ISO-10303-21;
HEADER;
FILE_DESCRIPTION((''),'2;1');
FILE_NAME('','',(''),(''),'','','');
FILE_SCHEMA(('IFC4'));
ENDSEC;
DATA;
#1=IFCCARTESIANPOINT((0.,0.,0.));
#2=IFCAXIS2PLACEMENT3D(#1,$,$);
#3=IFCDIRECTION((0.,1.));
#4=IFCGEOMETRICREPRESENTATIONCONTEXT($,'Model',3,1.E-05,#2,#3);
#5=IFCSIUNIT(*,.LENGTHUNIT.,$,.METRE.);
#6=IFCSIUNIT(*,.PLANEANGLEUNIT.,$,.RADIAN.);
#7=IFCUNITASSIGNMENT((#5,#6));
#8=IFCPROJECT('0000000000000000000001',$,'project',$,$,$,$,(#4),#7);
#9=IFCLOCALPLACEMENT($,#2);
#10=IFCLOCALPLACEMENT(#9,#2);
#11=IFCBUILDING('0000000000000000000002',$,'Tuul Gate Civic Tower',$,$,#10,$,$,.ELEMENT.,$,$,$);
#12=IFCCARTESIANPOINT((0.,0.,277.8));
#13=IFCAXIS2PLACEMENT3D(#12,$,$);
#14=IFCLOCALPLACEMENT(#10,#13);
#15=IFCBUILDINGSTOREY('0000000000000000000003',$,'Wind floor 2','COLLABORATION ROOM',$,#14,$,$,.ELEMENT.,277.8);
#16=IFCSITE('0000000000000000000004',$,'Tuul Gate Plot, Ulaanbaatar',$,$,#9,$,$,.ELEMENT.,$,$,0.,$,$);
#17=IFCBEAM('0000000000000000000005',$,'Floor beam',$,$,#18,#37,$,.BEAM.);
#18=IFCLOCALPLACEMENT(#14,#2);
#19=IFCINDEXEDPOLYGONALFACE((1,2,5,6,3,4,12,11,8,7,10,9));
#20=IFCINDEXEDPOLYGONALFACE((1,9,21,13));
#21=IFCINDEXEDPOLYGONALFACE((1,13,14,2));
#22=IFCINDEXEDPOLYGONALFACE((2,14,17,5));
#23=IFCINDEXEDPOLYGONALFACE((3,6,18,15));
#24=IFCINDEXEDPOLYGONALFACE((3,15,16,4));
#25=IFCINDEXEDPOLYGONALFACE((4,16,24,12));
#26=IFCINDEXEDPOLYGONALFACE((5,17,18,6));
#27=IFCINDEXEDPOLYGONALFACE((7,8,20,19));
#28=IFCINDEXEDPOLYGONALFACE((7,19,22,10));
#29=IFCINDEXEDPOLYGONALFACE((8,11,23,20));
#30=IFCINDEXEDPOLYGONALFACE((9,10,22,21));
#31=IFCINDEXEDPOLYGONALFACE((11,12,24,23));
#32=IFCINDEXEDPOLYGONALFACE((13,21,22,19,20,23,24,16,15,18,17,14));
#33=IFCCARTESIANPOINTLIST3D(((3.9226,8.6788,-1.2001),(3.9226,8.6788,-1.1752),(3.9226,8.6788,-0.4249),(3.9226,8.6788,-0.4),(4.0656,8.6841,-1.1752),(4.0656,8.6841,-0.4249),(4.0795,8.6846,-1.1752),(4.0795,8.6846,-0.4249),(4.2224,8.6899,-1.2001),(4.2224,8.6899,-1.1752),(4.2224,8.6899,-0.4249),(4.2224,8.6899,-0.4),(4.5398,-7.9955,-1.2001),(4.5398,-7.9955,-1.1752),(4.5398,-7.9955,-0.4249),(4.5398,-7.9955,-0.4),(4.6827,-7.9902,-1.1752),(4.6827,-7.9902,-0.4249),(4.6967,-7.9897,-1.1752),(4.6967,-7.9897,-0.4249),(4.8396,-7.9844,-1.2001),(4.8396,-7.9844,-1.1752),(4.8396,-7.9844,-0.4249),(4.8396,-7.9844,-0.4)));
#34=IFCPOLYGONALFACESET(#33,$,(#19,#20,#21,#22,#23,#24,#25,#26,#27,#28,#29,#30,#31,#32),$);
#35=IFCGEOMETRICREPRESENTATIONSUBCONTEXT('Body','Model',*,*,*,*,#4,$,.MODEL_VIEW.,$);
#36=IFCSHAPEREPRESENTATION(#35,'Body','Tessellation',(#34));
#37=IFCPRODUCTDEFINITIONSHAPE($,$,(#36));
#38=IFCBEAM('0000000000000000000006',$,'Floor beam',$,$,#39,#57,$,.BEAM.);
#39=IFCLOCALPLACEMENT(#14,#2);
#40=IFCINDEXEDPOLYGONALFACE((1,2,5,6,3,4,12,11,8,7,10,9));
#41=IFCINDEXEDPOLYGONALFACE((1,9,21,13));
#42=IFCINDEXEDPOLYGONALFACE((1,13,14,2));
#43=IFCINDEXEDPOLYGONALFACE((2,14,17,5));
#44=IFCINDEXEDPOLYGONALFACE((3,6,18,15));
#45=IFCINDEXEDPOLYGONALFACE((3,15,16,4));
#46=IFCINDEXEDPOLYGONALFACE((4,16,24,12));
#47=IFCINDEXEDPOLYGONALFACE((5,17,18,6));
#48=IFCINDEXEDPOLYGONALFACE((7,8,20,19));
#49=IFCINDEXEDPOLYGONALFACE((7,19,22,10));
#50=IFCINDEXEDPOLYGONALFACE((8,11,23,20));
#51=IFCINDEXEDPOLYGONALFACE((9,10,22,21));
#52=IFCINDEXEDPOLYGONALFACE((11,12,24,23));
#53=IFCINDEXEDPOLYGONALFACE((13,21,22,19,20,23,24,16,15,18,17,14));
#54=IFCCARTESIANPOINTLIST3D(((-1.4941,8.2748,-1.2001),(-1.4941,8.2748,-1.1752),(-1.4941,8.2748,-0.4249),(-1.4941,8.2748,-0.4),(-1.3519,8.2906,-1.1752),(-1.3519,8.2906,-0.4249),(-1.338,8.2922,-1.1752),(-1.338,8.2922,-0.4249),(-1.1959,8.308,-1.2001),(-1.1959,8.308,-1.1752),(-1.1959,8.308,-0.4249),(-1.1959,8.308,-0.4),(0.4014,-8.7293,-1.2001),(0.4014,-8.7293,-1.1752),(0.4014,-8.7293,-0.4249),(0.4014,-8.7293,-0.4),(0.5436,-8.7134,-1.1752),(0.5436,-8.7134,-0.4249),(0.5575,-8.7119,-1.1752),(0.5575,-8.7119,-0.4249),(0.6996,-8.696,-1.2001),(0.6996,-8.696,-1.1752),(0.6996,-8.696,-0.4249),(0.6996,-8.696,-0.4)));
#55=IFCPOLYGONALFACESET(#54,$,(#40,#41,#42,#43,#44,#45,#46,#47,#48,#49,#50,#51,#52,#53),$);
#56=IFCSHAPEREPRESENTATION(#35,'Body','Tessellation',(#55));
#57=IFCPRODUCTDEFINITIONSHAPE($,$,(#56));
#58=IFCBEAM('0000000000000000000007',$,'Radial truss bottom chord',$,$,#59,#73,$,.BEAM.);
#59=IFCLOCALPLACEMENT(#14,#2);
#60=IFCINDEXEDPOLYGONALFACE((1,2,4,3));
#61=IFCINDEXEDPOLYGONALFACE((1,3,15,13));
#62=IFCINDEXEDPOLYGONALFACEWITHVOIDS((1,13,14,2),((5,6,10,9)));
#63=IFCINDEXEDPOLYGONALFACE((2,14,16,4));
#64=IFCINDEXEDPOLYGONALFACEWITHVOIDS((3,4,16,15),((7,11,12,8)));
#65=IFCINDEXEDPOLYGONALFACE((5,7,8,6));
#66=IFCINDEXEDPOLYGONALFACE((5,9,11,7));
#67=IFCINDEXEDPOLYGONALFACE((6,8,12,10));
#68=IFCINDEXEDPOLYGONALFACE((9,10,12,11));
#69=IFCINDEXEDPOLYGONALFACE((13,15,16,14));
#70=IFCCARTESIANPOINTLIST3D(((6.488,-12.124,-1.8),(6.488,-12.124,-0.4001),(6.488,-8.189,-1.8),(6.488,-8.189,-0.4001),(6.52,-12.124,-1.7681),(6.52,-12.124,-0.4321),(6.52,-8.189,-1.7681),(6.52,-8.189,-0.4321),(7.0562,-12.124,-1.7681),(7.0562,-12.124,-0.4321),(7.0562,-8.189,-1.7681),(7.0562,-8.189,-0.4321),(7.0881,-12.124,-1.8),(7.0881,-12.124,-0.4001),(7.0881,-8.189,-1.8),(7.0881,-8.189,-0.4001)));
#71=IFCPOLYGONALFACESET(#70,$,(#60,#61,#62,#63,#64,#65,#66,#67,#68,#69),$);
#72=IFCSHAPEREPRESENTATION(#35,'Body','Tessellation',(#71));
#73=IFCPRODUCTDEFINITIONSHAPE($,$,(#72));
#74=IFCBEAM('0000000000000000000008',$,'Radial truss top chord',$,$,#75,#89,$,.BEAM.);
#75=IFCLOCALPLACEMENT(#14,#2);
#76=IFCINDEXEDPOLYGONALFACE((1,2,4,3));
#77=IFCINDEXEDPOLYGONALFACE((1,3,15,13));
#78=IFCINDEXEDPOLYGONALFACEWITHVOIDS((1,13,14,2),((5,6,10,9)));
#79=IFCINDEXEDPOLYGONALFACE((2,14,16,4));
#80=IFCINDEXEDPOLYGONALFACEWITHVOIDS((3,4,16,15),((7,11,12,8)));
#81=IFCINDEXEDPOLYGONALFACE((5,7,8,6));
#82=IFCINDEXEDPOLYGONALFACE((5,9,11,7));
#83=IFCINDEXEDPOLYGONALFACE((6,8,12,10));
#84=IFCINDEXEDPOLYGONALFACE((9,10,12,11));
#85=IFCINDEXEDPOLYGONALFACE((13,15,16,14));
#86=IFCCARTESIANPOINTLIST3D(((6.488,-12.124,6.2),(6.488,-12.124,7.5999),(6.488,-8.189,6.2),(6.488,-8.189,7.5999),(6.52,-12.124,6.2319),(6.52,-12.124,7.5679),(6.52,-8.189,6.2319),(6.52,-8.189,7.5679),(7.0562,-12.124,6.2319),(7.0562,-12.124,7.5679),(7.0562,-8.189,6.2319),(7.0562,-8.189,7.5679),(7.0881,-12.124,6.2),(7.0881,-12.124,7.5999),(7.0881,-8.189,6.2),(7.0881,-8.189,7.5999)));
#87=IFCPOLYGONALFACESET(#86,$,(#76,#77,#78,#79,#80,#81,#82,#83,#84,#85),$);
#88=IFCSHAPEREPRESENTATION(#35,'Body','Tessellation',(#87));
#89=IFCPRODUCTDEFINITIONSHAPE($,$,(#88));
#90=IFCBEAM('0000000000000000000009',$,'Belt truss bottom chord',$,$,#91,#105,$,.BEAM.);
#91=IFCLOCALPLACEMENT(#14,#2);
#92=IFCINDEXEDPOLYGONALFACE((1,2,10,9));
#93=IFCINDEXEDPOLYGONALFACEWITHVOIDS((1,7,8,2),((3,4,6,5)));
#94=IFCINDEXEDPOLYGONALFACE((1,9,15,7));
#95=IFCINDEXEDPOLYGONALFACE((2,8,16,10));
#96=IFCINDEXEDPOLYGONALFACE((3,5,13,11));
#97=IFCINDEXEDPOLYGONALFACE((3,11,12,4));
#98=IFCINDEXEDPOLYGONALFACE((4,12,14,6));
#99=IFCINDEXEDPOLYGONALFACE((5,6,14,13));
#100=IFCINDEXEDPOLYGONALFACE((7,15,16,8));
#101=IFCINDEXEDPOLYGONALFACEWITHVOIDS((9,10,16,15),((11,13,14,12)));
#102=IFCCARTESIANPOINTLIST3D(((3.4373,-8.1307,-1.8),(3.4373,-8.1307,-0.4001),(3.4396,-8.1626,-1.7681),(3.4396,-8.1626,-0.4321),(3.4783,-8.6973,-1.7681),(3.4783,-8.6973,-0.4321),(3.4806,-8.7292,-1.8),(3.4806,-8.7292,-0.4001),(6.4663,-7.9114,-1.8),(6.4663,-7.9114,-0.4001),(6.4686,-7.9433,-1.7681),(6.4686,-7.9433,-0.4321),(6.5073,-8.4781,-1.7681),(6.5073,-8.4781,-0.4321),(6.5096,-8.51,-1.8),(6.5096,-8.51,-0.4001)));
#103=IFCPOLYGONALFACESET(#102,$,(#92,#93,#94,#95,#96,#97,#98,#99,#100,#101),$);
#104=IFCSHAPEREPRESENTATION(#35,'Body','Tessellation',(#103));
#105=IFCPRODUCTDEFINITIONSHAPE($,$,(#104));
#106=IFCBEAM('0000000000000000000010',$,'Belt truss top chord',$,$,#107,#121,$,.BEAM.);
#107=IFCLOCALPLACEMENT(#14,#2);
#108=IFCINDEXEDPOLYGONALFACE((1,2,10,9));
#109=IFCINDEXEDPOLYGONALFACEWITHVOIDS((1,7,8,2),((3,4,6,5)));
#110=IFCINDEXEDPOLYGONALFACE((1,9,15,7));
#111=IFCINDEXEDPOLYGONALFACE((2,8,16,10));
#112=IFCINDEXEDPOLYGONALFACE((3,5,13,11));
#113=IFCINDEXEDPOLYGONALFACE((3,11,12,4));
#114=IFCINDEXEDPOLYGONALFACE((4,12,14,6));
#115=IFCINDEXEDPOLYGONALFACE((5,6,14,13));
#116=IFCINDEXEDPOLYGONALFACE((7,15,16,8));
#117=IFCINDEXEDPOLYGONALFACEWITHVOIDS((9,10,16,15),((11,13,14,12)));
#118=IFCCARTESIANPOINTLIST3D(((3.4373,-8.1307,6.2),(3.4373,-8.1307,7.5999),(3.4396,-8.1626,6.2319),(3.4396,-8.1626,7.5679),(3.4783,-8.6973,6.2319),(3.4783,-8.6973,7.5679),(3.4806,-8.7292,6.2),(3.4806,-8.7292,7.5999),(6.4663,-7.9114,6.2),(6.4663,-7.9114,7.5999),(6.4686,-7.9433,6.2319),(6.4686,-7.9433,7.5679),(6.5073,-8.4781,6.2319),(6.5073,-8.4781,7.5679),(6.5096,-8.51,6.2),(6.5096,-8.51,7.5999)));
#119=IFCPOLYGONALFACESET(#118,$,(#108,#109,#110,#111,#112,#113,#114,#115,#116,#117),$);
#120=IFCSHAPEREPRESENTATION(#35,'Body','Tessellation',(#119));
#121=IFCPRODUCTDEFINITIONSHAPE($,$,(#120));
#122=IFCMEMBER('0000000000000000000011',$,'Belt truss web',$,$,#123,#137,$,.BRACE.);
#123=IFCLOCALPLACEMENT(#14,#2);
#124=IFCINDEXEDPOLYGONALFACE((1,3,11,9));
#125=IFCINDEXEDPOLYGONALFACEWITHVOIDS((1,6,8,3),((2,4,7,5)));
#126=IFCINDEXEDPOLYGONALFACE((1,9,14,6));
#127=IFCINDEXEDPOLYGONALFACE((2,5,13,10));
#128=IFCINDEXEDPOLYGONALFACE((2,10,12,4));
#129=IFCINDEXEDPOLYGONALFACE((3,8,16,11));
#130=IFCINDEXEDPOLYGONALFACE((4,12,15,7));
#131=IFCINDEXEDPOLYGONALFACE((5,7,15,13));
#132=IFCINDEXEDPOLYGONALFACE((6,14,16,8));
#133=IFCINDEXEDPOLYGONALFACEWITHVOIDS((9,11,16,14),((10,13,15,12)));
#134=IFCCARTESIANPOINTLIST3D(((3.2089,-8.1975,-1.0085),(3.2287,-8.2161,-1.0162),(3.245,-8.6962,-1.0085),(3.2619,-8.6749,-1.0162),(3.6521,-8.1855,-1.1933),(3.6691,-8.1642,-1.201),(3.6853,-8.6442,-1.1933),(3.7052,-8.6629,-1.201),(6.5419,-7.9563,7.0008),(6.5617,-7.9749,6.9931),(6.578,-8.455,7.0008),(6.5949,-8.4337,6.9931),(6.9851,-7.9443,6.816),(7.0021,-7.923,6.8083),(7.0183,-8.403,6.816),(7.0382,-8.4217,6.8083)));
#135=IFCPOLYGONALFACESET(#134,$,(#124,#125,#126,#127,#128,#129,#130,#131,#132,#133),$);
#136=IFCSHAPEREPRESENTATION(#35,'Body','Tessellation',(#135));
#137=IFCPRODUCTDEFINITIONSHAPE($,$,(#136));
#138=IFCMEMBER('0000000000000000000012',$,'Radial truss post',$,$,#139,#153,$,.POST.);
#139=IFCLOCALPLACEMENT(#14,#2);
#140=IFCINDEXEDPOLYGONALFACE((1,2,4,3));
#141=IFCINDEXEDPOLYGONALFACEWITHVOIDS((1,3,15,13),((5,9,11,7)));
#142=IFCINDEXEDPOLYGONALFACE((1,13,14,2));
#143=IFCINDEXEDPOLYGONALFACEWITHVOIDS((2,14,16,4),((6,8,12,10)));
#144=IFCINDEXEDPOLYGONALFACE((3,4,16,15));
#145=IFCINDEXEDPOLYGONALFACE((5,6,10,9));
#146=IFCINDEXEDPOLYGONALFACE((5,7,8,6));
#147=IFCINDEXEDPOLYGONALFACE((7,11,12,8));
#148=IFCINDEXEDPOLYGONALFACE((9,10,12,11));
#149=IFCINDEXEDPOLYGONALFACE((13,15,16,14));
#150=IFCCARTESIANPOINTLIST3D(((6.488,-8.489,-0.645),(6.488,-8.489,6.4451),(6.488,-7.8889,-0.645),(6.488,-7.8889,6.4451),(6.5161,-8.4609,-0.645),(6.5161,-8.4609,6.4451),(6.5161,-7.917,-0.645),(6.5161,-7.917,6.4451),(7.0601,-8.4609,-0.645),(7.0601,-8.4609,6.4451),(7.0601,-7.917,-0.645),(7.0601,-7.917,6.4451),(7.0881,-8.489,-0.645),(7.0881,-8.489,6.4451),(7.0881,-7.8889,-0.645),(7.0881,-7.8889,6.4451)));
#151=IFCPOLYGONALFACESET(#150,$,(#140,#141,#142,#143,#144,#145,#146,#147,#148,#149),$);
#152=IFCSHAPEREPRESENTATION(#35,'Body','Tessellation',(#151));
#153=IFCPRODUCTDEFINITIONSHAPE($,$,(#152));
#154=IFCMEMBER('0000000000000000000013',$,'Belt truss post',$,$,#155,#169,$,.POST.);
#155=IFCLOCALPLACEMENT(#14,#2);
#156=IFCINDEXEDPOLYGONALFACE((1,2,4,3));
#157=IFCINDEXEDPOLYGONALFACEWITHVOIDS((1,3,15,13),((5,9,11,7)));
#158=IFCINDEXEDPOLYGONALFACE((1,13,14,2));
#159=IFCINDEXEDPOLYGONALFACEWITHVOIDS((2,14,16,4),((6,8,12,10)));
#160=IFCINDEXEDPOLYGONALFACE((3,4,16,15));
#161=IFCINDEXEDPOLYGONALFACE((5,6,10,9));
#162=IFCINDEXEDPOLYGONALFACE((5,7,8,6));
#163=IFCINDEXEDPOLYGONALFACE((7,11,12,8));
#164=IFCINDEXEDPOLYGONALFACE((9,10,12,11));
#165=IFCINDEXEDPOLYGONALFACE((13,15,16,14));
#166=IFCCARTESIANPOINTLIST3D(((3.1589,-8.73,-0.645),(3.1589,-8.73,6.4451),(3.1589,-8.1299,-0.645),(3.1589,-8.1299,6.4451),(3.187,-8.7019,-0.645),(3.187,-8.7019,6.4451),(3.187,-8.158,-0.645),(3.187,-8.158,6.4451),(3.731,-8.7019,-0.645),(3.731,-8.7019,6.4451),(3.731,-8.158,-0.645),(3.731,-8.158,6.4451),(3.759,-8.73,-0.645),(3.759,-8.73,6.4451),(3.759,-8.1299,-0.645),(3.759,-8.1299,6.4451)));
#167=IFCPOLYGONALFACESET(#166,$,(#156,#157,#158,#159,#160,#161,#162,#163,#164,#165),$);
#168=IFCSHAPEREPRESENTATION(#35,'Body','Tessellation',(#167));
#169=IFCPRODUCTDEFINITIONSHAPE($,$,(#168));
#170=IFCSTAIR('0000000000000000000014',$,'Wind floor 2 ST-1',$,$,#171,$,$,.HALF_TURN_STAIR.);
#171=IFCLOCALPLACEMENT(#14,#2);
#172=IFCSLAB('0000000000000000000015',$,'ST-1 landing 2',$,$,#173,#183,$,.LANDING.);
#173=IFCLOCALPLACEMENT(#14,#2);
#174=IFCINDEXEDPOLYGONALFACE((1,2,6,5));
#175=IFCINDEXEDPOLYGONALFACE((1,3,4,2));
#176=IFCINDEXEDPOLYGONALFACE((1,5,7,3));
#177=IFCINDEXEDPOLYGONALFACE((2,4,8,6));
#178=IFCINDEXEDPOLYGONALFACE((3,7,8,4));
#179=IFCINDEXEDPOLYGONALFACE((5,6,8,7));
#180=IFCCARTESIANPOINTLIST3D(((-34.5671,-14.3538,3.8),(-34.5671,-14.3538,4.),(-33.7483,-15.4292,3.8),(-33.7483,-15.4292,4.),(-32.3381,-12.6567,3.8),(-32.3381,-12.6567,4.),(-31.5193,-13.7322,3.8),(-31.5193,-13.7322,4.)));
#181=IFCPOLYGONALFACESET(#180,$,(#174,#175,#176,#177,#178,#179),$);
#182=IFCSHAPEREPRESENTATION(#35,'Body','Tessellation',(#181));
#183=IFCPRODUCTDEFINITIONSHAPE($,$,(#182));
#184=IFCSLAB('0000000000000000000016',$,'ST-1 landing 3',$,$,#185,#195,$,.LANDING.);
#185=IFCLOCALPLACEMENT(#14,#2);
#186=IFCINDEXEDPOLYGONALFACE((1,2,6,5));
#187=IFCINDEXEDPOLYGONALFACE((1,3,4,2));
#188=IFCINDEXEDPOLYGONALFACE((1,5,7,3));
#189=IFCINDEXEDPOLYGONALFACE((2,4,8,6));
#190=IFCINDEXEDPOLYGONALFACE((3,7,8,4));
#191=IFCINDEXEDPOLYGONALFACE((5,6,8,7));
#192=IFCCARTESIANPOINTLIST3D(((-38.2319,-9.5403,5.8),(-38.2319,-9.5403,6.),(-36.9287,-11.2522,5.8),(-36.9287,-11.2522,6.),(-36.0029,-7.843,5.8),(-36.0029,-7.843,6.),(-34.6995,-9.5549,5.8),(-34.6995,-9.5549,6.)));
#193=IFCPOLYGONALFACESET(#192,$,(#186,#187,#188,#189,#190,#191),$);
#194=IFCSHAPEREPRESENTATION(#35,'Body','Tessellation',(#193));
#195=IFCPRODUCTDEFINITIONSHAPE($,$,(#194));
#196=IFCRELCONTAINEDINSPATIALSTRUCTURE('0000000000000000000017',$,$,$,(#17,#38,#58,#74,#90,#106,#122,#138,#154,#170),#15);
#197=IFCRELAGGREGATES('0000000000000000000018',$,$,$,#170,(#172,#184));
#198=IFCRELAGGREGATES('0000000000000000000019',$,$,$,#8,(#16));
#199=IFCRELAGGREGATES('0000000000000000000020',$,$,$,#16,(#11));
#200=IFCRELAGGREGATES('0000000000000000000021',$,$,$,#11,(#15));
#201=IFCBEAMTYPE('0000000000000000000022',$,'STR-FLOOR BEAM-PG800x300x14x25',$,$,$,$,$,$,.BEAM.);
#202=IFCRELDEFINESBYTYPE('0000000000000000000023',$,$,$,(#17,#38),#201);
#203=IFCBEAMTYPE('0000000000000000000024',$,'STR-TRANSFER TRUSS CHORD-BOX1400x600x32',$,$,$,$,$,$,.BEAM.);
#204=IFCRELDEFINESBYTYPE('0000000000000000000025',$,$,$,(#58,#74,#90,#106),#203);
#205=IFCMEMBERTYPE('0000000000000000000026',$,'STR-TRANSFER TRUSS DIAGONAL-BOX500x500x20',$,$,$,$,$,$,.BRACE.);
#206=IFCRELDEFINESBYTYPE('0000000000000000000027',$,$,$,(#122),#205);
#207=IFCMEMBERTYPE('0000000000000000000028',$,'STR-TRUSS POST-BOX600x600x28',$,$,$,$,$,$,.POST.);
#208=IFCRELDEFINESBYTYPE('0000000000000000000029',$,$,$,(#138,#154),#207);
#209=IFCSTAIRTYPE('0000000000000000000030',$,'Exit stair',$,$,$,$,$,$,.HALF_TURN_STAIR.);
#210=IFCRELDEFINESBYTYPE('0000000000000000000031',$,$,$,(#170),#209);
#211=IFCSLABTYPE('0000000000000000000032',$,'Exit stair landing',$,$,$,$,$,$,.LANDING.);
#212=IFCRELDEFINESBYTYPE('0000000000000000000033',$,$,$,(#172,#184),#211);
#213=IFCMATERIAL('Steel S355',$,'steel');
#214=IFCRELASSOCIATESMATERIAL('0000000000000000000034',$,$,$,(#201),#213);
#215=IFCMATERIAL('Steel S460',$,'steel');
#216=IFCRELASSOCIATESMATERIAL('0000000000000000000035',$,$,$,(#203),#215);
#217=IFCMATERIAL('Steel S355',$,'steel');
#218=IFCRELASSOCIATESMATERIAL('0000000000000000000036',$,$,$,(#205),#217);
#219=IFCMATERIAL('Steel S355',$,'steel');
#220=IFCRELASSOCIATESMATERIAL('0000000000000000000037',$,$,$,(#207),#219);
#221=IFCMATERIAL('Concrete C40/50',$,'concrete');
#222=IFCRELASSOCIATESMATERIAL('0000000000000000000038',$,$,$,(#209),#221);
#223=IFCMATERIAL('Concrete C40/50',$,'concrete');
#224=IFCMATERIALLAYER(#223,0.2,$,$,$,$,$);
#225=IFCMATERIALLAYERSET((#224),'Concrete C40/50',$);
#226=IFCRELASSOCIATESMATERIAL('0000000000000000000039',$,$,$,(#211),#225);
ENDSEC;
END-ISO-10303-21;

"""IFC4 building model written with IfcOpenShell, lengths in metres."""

from ifc_helpers import new_model, si_unit, direction, frame, origin, origin_2d, place, context, subcontext, project, spatial, polyline, hollow_rectangle, i_section, outline, extrude, material, layer, layer_set, material_profile, profile_set, type_object, element, aggregate, save


model = new_model("IFC4")

# Units and contexts
model_context = context("Model", 3, precision=1e-05, world=origin(), true_north=direction((0.0, 1.0)))
body_context = subcontext(model_context, "Body", "Model", "MODEL_VIEW")
ifc_project = project(units=[si_unit("LENGTHUNIT", "METRE"), si_unit("PLANEANGLEUNIT", "RADIAN")], contexts=[model_context])

# Site, building, storey
site_placement = place(None, origin())
site = spatial("IfcSite", under=ifc_project, at=site_placement, Name="Tuul Gate Plot, Ulaanbaatar", CompositionType="ELEMENT", RefElevation=0.0)
building_placement = place(site_placement, origin())
building = spatial("IfcBuilding", under=site, at=building_placement, Name="Tuul Gate Civic Tower", CompositionType="ELEMENT")
storey_placement = place(building_placement, frame((0.0, 0.0, 277.8)))
storey = spatial("IfcBuildingStorey", under=building, at=storey_placement, Name="Wind floor 2", Description="COLLABORATION ROOM", CompositionType="ELEMENT", Elevation=277.8)

# Beams
ifc_material_1 = material(Name="Steel S355", Category="steel")
ifc_material_profile_1 = material_profile(ifc_material_1, i_section(OverallWidth=0.3, OverallDepth=0.8, WebThickness=0.0139, FlangeThickness=0.0249, at=origin_2d()), Name="PG800x300x14x25")
ifc_profile_set_1 = profile_set([ifc_material_profile_1], Name="Steel S355")
beam_type_1 = type_object("IfcBeamType", Name="STR-FLOOR BEAM-PG800x300x14x25", PredefinedType="BEAM", material=ifc_profile_set_1)
beam_1_placement = place(storey_placement, frame((4.6897, -7.99, -0.8), z_axis=(-0.036989, 0.999316, 0.0), x_axis=(-0.999316, -0.036989, 0.0)))
element("IfcBeam", 1, at=beam_1_placement, inside=storey, type_object=beam_type_1, Name="Floor beam", PredefinedType="BEAM", context=body_context, shape_type="SweptSolid", body=[
    extrude(i_section(OverallWidth=0.3, OverallDepth=0.8, WebThickness=0.0139, FlangeThickness=0.0249, at=origin_2d()), origin(), (0.0, 0.0, 1.0), 16.6858),
])
beam_2_placement = place(storey_placement, frame((0.5505, -8.7126, -0.8), z_axis=(-0.110787, 0.993844, 0.0), x_axis=(-0.993844, -0.110787, 0.0)))
element("IfcBeam", 2, at=beam_2_placement, inside=storey, type_object=beam_type_1, Name="Floor beam", PredefinedType="BEAM", context=body_context, shape_type="SweptSolid", body=[
    extrude(i_section(OverallWidth=0.3, OverallDepth=0.8, WebThickness=0.0139, FlangeThickness=0.0249, at=origin_2d()), origin(), (0.0, 0.0, 1.0), 17.1094),
])
ifc_material_2 = material(Name="Steel S460", Category="steel")
ifc_material_profile_2 = material_profile(ifc_material_2, hollow_rectangle(XDim=0.6001, YDim=1.3999, WallThickness=0.032, at=origin_2d()), Name="BOX1400x600x32")
ifc_profile_set_2 = profile_set([ifc_material_profile_2], Name="Steel S460")
beam_type_2 = type_object("IfcBeamType", Name="STR-TRANSFER TRUSS CHORD-BOX1400x600x32", PredefinedType="BEAM", material=ifc_profile_set_2)
for number, where, z_axis, x_axis, name in (
    (3, (6.7881, -8.189, -1.1001), (0.0, -1.0, 0.0), (1.0, 0.0, 0.0), "Radial truss bottom chord"),
    (4, (6.7881, -8.189, 6.8999), (0.0, -1.0, 0.0), (1.0, 0.0, 0.0), "Radial truss top chord"),
):
    element("IfcBeam", number, at=place(storey_placement, frame(where, z_axis=z_axis, x_axis=x_axis)), inside=storey, type_object=beam_type_2, Name=name, PredefinedType="BEAM", context=body_context, shape_type="SweptSolid", body=[
        extrude(hollow_rectangle(XDim=0.6001, YDim=1.3999, WallThickness=0.032, at=origin_2d()), origin(), (0.0, 0.0, 1.0), 3.9351),
    ])
for number, where, z_axis, x_axis, name in (
    (5, (3.459, -8.4299, -1.1001), (0.997391, 0.07219, 0.0), (-0.07219, 0.997391, 0.0), "Belt truss bottom chord"),
    (6, (3.459, -8.4299, 6.8999), (0.997391, 0.07219, 0.0), (-0.07219, 0.997391, 0.0), "Belt truss top chord"),
):
    element("IfcBeam", number, at=place(storey_placement, frame(where, z_axis=z_axis, x_axis=x_axis)), inside=storey, type_object=beam_type_2, Name=name, PredefinedType="BEAM", context=body_context, shape_type="SweptSolid", body=[
        extrude(hollow_rectangle(XDim=0.6001, YDim=1.3999, WallThickness=0.032, at=origin_2d()), origin(), (0.0, 0.0, 1.0), 3.0369),
    ])

# Members
ifc_material_3 = material(Name="Steel S355", Category="steel")
ifc_material_profile_3 = material_profile(ifc_material_3, hollow_rectangle(XDim=0.5, YDim=0.5, WallThickness=0.02, at=origin_2d()), Name="BOX500x500x20")
ifc_profile_set_3 = profile_set([ifc_material_profile_3], Name="Steel S355")
member_type_1 = type_object("IfcMemberType", Name="STR-TRANSFER TRUSS DIAGONAL-BOX500x500x20", PredefinedType="BRACE", material=ifc_profile_set_3)
member_placement = place(storey_placement, frame((3.457, -8.4302, -1.1047), z_axis=(0.384055, 0.027794, 0.922892), x_axis=(-0.072182, 0.997392, 0.0)))
element("IfcMember", 7, at=member_placement, inside=storey, type_object=member_type_1, Name="Belt truss web", PredefinedType="BRACE", context=body_context, shape_type="SweptSolid", body=[
    extrude(hollow_rectangle(XDim=0.5, YDim=0.5, WallThickness=0.02, at=origin_2d()), origin(), (0.0, 0.0, 1.0), 8.6785),
])
ifc_material_4 = material(Name="Steel S355", Category="steel")
ifc_material_profile_4 = material_profile(ifc_material_4, hollow_rectangle(XDim=0.6001, YDim=0.6001, WallThickness=0.0281, at=origin_2d()), Name="BOX600x600x28")
ifc_profile_set_4 = profile_set([ifc_material_profile_4], Name="Steel S355")
member_type_2 = type_object("IfcMemberType", Name="STR-TRUSS POST-BOX600x600x28", PredefinedType="POST", material=ifc_profile_set_4)
for number, where, z_axis, x_axis, name in (
    (8, (6.7881, -8.189, -0.645), (0.0, 0.0, 1.0), (1.0, 0.0, 0.0), "Radial truss post"),
    (9, (3.459, -8.4299, -0.645), (0.0, 0.0, 1.0), (1.0, 0.0, 0.0), "Belt truss post"),
):
    element("IfcMember", number, at=place(storey_placement, frame(where, z_axis=z_axis, x_axis=x_axis)), inside=storey, type_object=member_type_2, Name=name, PredefinedType="POST", context=body_context, shape_type="SweptSolid", body=[
        extrude(hollow_rectangle(XDim=0.6001, YDim=0.6001, WallThickness=0.0281, at=origin_2d()), origin(), (0.0, 0.0, 1.0), 7.0901),
    ])

# Stair, slabs
ifc_material_5 = material(Name="Concrete C40/50", Category="concrete")
stair_type = type_object("IfcStairType", Name="Exit stair", PredefinedType="HALF_TURN_STAIR", material=ifc_material_5)
stair_1_placement = place(storey_placement, origin())
stair_1 = element("IfcStair", 10, at=stair_1_placement, inside=storey, type_object=stair_type, Name="Wind floor 2 ST-1", PredefinedType="HALF_TURN_STAIR")
ifc_material_6 = material(Name="Concrete C40/50", Category="concrete")
ifc_layer = layer(ifc_material_6, 0.2)
ifc_layer_set = layer_set([ifc_layer], Name="Concrete C40/50")
slab_type = type_object("IfcSlabType", Name="Exit stair landing", PredefinedType="LANDING", material=ifc_layer_set)
slab_1_placement = place(storey_placement, frame((0.0, 0.0, 3.8)))
slab_1 = element("IfcSlab", 11, at=slab_1_placement, type_object=slab_type, Name="ST-1 landing 2", PredefinedType="LANDING", context=body_context, shape_type="SweptSolid", body=[
    extrude(outline(polyline([(-31.5193, -13.7322), (-33.7483, -15.4292), (-34.5671, -14.3538), (-32.3381, -12.6567), (-31.5193, -13.7322)])), origin(), (0.0, 0.0, 1.0), 0.2),
])
slab_2_placement = place(storey_placement, frame((0.0, 0.0, 5.8)))
slab_2 = element("IfcSlab", 12, at=slab_2_placement, type_object=slab_type, Name="ST-1 landing 3", PredefinedType="LANDING", context=body_context, shape_type="SweptSolid", body=[
    extrude(outline(polyline([(-34.6995, -9.5549), (-36.9287, -11.2522), (-38.2319, -9.5403), (-36.0029, -7.843), (-34.6995, -9.5549)])), origin(), (0.0, 0.0, 1.0), 0.2),
])
aggregate(stair_1, [slab_1, slab_2])

save(model, "model.ifc")
